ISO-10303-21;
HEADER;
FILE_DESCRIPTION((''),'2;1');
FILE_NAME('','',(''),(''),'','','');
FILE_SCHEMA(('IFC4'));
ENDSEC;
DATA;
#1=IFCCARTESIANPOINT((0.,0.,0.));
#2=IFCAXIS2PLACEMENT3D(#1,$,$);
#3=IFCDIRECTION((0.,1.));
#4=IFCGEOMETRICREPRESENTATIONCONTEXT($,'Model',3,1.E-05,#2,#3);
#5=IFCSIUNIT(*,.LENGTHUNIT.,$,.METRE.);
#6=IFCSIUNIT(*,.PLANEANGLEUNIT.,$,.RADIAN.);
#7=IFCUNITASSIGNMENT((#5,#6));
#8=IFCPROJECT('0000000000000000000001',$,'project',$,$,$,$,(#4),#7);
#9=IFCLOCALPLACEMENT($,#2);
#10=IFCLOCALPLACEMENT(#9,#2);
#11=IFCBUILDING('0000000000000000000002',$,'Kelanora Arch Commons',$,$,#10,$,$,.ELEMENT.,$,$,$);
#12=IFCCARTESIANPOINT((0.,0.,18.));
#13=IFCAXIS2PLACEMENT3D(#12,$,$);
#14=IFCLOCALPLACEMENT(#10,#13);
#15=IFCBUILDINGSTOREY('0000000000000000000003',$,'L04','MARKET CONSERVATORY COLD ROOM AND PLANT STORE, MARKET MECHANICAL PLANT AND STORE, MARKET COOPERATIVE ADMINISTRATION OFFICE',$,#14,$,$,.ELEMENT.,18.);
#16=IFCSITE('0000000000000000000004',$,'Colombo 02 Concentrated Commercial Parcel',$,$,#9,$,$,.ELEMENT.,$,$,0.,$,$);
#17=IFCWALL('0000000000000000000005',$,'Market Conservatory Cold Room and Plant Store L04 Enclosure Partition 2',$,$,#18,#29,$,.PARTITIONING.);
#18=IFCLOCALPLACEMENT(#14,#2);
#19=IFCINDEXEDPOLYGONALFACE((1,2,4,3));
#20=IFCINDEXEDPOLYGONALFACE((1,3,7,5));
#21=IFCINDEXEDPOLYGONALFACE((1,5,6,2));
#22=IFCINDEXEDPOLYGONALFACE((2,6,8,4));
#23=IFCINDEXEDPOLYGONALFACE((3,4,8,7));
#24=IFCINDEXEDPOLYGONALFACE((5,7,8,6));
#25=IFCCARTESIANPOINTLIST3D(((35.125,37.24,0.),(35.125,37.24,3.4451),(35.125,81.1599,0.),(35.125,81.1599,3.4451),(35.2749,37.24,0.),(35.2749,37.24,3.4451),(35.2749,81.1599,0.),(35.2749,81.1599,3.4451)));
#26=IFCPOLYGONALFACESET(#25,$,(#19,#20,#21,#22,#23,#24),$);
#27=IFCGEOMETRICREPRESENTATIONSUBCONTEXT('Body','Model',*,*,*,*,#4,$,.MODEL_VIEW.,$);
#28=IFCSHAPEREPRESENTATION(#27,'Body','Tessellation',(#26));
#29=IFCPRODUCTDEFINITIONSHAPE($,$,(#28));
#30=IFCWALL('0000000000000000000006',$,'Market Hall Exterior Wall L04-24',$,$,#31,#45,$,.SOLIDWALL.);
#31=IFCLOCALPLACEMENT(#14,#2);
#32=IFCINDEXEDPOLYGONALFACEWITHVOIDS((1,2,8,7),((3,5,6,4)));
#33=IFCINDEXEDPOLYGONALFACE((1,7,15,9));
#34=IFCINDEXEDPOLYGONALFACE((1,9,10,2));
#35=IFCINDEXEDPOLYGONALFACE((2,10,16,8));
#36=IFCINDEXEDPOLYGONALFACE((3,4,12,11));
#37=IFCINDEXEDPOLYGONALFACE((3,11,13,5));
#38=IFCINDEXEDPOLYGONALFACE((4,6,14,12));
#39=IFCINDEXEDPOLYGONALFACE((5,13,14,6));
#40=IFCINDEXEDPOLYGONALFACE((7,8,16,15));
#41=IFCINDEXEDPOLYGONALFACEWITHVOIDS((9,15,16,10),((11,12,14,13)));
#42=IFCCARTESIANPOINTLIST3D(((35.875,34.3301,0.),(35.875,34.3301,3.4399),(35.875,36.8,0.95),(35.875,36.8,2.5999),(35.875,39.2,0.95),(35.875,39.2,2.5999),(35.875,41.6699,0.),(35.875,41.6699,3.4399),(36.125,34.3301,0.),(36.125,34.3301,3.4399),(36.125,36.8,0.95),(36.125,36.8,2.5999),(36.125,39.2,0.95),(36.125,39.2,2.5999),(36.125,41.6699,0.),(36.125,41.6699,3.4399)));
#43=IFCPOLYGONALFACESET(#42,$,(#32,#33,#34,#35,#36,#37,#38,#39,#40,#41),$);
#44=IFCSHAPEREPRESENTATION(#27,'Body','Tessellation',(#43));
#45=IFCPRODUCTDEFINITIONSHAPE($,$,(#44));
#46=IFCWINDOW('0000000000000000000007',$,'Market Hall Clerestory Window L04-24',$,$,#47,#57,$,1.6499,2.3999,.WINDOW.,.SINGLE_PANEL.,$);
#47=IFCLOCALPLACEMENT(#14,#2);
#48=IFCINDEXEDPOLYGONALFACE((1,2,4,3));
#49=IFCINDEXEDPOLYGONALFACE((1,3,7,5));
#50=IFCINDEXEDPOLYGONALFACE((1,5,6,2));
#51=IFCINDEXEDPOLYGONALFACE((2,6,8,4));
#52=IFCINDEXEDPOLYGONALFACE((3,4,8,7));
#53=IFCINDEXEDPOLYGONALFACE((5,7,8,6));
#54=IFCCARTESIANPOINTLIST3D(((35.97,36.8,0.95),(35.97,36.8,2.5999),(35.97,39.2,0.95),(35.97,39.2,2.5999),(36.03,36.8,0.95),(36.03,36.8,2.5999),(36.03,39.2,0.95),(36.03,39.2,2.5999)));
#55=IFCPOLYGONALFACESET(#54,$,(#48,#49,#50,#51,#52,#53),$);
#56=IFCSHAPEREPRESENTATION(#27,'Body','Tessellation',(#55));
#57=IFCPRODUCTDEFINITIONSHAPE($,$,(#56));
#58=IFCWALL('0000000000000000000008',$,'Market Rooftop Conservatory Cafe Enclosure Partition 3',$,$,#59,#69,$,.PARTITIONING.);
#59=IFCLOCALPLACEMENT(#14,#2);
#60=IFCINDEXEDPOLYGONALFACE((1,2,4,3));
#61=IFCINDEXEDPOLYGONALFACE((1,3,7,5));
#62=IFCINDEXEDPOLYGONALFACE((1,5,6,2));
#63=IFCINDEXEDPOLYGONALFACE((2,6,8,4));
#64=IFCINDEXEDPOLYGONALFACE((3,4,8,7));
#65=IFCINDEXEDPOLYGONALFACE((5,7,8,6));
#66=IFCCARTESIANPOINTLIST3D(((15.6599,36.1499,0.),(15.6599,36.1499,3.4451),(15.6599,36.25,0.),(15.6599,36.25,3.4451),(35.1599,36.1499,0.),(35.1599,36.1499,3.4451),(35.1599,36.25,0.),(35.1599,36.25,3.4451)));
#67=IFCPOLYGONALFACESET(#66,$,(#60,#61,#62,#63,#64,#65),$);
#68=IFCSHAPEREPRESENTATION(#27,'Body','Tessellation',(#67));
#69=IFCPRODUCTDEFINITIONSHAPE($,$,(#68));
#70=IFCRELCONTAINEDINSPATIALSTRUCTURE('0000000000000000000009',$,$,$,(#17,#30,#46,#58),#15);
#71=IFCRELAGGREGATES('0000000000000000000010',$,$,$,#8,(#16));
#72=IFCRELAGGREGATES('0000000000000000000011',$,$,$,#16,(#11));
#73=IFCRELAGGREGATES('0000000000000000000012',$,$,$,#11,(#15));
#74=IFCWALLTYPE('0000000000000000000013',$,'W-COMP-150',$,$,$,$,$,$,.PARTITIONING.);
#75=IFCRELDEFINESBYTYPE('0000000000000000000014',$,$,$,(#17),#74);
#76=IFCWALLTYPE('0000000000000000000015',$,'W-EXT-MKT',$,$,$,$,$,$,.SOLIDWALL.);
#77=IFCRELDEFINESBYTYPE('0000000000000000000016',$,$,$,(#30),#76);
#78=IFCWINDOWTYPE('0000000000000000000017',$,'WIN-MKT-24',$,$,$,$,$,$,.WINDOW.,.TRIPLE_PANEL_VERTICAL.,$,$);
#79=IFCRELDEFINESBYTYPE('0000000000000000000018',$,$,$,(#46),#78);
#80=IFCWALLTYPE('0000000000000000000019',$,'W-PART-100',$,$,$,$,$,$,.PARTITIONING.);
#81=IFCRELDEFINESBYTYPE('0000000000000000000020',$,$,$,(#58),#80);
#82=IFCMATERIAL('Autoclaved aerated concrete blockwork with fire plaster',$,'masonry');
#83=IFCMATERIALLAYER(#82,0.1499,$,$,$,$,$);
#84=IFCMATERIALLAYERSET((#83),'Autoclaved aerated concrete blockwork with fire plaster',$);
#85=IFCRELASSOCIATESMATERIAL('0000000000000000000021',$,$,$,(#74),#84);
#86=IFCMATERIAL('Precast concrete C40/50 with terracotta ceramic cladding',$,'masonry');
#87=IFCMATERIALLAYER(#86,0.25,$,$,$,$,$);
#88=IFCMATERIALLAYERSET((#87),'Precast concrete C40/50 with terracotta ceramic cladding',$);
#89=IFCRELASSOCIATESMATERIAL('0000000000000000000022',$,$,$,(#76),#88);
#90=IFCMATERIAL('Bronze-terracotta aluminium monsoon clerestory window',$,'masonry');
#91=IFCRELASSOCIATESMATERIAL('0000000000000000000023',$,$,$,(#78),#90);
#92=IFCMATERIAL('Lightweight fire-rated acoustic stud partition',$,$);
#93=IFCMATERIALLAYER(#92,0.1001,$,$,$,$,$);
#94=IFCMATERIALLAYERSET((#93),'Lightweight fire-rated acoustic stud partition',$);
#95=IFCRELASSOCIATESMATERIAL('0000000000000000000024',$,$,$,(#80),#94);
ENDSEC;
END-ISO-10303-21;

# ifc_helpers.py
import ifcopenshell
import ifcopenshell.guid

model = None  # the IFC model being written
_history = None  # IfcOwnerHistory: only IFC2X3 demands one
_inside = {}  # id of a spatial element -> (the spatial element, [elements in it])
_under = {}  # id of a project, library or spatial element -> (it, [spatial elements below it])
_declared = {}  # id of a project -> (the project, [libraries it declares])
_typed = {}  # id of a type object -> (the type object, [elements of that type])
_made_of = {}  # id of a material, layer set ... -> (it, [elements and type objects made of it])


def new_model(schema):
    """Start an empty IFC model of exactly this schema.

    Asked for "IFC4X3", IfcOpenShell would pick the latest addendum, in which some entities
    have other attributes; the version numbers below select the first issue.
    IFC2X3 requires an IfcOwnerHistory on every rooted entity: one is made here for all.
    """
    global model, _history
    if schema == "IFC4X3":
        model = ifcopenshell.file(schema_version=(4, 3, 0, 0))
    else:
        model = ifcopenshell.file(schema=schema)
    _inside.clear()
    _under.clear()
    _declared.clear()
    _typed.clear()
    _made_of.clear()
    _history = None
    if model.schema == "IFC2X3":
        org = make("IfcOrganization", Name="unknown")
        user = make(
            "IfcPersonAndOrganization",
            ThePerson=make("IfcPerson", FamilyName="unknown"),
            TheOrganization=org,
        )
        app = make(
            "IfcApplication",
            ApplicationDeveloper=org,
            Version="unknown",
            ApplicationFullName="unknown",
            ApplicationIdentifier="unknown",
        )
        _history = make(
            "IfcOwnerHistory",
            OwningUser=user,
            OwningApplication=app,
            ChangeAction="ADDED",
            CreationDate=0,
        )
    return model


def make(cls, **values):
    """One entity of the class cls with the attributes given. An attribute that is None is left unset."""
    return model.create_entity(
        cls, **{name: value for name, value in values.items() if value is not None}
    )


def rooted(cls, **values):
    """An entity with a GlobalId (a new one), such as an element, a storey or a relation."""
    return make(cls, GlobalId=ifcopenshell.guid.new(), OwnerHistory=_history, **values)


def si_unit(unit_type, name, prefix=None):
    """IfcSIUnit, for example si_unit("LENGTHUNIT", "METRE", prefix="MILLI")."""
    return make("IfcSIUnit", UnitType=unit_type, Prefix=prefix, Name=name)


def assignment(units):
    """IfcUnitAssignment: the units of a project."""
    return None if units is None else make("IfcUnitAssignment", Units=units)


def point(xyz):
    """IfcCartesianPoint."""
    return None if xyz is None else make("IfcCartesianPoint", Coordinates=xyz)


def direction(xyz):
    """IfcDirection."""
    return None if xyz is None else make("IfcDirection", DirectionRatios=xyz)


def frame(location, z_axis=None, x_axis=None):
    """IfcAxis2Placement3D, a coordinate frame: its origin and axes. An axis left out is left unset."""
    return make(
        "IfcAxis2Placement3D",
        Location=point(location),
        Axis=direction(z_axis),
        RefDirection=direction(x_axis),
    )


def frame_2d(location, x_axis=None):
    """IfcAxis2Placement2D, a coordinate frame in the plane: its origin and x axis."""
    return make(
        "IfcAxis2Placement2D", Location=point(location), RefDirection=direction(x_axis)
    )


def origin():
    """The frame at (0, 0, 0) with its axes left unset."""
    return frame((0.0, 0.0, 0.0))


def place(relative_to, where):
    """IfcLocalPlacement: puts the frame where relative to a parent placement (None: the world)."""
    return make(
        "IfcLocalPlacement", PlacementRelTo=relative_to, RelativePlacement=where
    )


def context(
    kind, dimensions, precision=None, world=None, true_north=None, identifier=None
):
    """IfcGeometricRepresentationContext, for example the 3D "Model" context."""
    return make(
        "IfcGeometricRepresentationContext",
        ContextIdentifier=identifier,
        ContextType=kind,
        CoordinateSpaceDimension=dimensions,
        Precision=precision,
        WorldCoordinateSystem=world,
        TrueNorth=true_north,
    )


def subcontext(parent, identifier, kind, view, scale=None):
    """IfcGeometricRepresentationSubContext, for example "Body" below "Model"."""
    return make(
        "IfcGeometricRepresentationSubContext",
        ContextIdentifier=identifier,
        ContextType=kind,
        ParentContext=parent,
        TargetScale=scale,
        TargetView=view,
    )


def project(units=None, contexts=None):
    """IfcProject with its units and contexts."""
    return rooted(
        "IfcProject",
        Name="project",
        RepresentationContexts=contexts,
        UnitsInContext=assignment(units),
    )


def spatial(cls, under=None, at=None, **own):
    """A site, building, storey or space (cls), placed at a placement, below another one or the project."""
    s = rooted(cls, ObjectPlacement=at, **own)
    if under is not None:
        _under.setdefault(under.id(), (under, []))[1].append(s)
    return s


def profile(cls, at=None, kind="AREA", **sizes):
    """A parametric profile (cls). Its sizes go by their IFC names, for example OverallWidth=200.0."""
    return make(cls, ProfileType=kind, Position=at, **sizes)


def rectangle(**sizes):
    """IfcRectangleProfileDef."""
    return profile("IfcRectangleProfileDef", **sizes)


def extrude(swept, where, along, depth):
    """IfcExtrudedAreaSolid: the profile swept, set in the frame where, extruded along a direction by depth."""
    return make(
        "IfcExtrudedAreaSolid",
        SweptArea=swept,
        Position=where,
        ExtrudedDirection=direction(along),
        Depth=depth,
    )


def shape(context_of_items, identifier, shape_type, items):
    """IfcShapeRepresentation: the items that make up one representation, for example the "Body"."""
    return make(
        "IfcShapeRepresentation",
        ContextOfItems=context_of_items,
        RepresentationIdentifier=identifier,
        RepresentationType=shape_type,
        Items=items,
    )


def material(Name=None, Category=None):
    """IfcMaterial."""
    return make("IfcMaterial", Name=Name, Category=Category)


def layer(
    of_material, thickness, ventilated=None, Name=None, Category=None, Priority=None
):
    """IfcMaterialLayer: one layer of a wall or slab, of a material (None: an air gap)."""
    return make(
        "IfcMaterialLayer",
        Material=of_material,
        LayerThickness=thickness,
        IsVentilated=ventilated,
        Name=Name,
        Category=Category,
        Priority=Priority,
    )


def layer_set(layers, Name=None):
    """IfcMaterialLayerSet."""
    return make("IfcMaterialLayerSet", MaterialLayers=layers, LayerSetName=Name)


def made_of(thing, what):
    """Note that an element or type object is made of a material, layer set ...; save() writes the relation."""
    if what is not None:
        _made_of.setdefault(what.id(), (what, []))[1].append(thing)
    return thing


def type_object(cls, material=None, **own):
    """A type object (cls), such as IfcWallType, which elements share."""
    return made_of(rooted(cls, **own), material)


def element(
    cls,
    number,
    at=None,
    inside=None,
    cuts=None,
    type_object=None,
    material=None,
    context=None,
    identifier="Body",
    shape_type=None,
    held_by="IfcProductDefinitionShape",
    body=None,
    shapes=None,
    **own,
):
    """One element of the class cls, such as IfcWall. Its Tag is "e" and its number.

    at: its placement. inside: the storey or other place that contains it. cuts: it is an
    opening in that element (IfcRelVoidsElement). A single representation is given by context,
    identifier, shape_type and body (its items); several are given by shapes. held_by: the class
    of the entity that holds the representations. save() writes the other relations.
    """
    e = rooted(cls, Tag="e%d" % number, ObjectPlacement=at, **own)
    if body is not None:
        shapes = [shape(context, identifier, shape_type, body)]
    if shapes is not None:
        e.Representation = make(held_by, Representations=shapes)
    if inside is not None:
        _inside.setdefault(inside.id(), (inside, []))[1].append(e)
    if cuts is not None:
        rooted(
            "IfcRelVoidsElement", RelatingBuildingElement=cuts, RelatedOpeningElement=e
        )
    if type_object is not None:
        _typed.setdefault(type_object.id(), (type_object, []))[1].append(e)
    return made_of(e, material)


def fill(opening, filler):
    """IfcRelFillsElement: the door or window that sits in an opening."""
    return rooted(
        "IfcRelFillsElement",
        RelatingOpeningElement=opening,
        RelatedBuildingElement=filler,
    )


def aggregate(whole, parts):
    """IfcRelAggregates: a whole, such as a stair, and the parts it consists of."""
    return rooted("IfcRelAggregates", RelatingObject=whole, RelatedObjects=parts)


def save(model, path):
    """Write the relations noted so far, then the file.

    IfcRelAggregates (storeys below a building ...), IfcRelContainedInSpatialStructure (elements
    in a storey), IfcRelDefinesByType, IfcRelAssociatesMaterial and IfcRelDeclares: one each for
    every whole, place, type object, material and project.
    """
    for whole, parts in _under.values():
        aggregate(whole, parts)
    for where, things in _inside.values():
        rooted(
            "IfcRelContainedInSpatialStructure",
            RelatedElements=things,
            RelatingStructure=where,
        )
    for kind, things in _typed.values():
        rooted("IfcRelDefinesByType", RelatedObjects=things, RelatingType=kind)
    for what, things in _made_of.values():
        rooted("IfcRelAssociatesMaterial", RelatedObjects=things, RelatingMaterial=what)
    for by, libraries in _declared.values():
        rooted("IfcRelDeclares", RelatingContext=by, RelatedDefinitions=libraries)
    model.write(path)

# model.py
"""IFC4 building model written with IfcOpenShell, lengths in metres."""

from ifc_helpers import new_model, si_unit, direction, frame, frame_2d, origin, place, context, subcontext, project, spatial, rectangle, extrude, material, layer, layer_set, type_object, element, fill, save


model = new_model("IFC4")

# Units and contexts
model_context = context("Model", 3, precision=1e-05, world=origin(), true_north=direction((0.0, 1.0)))
body_context = subcontext(model_context, "Body", "Model", "MODEL_VIEW")
ifc_project = project(units=[si_unit("LENGTHUNIT", "METRE"), si_unit("PLANEANGLEUNIT", "RADIAN")], contexts=[model_context])

# Site, building, storey
site_placement = place(None, origin())
site = spatial("IfcSite", under=ifc_project, at=site_placement, Name="Colombo 02 Concentrated Commercial Parcel", CompositionType="ELEMENT", RefElevation=0.0)
building_placement = place(site_placement, origin())
building = spatial("IfcBuilding", under=site, at=building_placement, Name="Kelanora Arch Commons", CompositionType="ELEMENT")
storey_placement = place(building_placement, frame((0.0, 0.0, 18.0)))
storey = spatial("IfcBuildingStorey", under=building, at=storey_placement, Name="L04", Description="MARKET CONSERVATORY COLD ROOM AND PLANT STORE, MARKET MECHANICAL PLANT AND STORE, MARKET COOPERATIVE ADMINISTRATION OFFICE", CompositionType="ELEMENT", Elevation=18.0)

# Wall
ifc_material_1 = material(Name="Autoclaved aerated concrete blockwork with fire plaster", Category="masonry")
ifc_layer_1 = layer(ifc_material_1, 0.1499)
ifc_layer_set_1 = layer_set([ifc_layer_1], Name="Autoclaved aerated concrete blockwork with fire plaster")
wall_type_1 = type_object("IfcWallType", Name="W-COMP-150", PredefinedType="PARTITIONING", material=ifc_layer_set_1)
wall_1_placement = place(storey_placement, frame((35.2, 37.24, 0.0), z_axis=(0.0, 0.0, 1.0), x_axis=(0.0, 1.0, 0.0)))
element("IfcWall", 1, at=wall_1_placement, inside=storey, type_object=wall_type_1, Name="Market Conservatory Cold Room and Plant Store L04 Enclosure Partition 2", PredefinedType="PARTITIONING", context=body_context, shape_type="SweptSolid", body=[
    extrude(rectangle(XDim=43.9199, YDim=0.1499, at=frame_2d((21.96, 0.0))), origin(), (0.0, 0.0, 1.0), 3.4451),
])

# Wall, opening, window
ifc_material_2 = material(Name="Precast concrete C40/50 with terracotta ceramic cladding", Category="masonry")
ifc_layer_2 = layer(ifc_material_2, 0.25)
ifc_layer_set_2 = layer_set([ifc_layer_2], Name="Precast concrete C40/50 with terracotta ceramic cladding")
wall_type_2 = type_object("IfcWallType", Name="W-EXT-MKT", PredefinedType="SOLIDWALL", material=ifc_layer_set_2)
wall_2_placement = place(storey_placement, frame((36.0, 34.3301, 0.0), z_axis=(0.0, 0.0, 1.0), x_axis=(0.0, 1.0, 0.0)))
wall_2 = element("IfcWall", 2, at=wall_2_placement, inside=storey, type_object=wall_type_2, Name="Market Hall Exterior Wall L04-24", PredefinedType="SOLIDWALL", context=body_context, shape_type="SweptSolid", body=[
    extrude(rectangle(XDim=7.3398, YDim=0.25, at=frame_2d((3.6699, 0.0))), origin(), (0.0, 0.0, 1.0), 3.4399),
])
opening_placement = place(wall_2_placement, frame((2.47, 0.0, 0.95)))
opening = element("IfcOpeningElement", 3, at=opening_placement, cuts=wall_2, PredefinedType="OPENING", context=body_context, shape_type="SweptSolid", body=[
    extrude(rectangle(XDim=2.3999, YDim=1.6499, at=frame_2d((1.2, 0.825))), frame((0.0, 0.135, 0.0), z_axis=(0.0, -1.0, 0.0), x_axis=(1.0, 0.0, 0.0)), (0.0, 0.0, 1.0), 0.27),
])
ifc_material_3 = material(Name="Bronze-terracotta aluminium monsoon clerestory window", Category="masonry")
window_type = type_object("IfcWindowType", Name="WIN-MKT-24", PartitioningType="TRIPLE_PANEL_VERTICAL", PredefinedType="WINDOW", material=ifc_material_3)
window_placement = place(opening_placement, origin())
window = element("IfcWindow", 4, at=window_placement, inside=storey, type_object=window_type, Name="Market Hall Clerestory Window L04-24", OverallHeight=1.6499, OverallWidth=2.3999, PartitioningType="SINGLE_PANEL", PredefinedType="WINDOW", context=body_context, shape_type="SweptSolid", body=[
    extrude(rectangle(XDim=2.3999, YDim=1.6499, at=frame_2d((1.2, 0.825))), frame((0.0, 0.03, 0.0), z_axis=(0.0, -1.0, 0.0), x_axis=(1.0, 0.0, 0.0)), (0.0, 0.0, 1.0), 0.0601),
])
fill(opening, window)

# Wall
ifc_material_4 = material(Name="Lightweight fire-rated acoustic stud partition")
ifc_layer_3 = layer(ifc_material_4, 0.1001)
ifc_layer_set_3 = layer_set([ifc_layer_3], Name="Lightweight fire-rated acoustic stud partition")
wall_type_3 = type_object("IfcWallType", Name="W-PART-100", PredefinedType="PARTITIONING", material=ifc_layer_set_3)
wall_3_placement = place(storey_placement, frame((35.1599, 36.2, 0.0), z_axis=(0.0, 0.0, 1.0), x_axis=(-1.0, 0.0, 0.0)))
element("IfcWall", 5, at=wall_3_placement, inside=storey, type_object=wall_type_3, Name="Market Rooftop Conservatory Cafe Enclosure Partition 3", PredefinedType="PARTITIONING", context=body_context, shape_type="SweptSolid", body=[
    extrude(rectangle(XDim=19.5, YDim=0.1001, at=frame_2d((9.75, 0.0))), origin(), (0.0, 0.0, 1.0), 3.4451),
])

save(model, "model.ifc")
